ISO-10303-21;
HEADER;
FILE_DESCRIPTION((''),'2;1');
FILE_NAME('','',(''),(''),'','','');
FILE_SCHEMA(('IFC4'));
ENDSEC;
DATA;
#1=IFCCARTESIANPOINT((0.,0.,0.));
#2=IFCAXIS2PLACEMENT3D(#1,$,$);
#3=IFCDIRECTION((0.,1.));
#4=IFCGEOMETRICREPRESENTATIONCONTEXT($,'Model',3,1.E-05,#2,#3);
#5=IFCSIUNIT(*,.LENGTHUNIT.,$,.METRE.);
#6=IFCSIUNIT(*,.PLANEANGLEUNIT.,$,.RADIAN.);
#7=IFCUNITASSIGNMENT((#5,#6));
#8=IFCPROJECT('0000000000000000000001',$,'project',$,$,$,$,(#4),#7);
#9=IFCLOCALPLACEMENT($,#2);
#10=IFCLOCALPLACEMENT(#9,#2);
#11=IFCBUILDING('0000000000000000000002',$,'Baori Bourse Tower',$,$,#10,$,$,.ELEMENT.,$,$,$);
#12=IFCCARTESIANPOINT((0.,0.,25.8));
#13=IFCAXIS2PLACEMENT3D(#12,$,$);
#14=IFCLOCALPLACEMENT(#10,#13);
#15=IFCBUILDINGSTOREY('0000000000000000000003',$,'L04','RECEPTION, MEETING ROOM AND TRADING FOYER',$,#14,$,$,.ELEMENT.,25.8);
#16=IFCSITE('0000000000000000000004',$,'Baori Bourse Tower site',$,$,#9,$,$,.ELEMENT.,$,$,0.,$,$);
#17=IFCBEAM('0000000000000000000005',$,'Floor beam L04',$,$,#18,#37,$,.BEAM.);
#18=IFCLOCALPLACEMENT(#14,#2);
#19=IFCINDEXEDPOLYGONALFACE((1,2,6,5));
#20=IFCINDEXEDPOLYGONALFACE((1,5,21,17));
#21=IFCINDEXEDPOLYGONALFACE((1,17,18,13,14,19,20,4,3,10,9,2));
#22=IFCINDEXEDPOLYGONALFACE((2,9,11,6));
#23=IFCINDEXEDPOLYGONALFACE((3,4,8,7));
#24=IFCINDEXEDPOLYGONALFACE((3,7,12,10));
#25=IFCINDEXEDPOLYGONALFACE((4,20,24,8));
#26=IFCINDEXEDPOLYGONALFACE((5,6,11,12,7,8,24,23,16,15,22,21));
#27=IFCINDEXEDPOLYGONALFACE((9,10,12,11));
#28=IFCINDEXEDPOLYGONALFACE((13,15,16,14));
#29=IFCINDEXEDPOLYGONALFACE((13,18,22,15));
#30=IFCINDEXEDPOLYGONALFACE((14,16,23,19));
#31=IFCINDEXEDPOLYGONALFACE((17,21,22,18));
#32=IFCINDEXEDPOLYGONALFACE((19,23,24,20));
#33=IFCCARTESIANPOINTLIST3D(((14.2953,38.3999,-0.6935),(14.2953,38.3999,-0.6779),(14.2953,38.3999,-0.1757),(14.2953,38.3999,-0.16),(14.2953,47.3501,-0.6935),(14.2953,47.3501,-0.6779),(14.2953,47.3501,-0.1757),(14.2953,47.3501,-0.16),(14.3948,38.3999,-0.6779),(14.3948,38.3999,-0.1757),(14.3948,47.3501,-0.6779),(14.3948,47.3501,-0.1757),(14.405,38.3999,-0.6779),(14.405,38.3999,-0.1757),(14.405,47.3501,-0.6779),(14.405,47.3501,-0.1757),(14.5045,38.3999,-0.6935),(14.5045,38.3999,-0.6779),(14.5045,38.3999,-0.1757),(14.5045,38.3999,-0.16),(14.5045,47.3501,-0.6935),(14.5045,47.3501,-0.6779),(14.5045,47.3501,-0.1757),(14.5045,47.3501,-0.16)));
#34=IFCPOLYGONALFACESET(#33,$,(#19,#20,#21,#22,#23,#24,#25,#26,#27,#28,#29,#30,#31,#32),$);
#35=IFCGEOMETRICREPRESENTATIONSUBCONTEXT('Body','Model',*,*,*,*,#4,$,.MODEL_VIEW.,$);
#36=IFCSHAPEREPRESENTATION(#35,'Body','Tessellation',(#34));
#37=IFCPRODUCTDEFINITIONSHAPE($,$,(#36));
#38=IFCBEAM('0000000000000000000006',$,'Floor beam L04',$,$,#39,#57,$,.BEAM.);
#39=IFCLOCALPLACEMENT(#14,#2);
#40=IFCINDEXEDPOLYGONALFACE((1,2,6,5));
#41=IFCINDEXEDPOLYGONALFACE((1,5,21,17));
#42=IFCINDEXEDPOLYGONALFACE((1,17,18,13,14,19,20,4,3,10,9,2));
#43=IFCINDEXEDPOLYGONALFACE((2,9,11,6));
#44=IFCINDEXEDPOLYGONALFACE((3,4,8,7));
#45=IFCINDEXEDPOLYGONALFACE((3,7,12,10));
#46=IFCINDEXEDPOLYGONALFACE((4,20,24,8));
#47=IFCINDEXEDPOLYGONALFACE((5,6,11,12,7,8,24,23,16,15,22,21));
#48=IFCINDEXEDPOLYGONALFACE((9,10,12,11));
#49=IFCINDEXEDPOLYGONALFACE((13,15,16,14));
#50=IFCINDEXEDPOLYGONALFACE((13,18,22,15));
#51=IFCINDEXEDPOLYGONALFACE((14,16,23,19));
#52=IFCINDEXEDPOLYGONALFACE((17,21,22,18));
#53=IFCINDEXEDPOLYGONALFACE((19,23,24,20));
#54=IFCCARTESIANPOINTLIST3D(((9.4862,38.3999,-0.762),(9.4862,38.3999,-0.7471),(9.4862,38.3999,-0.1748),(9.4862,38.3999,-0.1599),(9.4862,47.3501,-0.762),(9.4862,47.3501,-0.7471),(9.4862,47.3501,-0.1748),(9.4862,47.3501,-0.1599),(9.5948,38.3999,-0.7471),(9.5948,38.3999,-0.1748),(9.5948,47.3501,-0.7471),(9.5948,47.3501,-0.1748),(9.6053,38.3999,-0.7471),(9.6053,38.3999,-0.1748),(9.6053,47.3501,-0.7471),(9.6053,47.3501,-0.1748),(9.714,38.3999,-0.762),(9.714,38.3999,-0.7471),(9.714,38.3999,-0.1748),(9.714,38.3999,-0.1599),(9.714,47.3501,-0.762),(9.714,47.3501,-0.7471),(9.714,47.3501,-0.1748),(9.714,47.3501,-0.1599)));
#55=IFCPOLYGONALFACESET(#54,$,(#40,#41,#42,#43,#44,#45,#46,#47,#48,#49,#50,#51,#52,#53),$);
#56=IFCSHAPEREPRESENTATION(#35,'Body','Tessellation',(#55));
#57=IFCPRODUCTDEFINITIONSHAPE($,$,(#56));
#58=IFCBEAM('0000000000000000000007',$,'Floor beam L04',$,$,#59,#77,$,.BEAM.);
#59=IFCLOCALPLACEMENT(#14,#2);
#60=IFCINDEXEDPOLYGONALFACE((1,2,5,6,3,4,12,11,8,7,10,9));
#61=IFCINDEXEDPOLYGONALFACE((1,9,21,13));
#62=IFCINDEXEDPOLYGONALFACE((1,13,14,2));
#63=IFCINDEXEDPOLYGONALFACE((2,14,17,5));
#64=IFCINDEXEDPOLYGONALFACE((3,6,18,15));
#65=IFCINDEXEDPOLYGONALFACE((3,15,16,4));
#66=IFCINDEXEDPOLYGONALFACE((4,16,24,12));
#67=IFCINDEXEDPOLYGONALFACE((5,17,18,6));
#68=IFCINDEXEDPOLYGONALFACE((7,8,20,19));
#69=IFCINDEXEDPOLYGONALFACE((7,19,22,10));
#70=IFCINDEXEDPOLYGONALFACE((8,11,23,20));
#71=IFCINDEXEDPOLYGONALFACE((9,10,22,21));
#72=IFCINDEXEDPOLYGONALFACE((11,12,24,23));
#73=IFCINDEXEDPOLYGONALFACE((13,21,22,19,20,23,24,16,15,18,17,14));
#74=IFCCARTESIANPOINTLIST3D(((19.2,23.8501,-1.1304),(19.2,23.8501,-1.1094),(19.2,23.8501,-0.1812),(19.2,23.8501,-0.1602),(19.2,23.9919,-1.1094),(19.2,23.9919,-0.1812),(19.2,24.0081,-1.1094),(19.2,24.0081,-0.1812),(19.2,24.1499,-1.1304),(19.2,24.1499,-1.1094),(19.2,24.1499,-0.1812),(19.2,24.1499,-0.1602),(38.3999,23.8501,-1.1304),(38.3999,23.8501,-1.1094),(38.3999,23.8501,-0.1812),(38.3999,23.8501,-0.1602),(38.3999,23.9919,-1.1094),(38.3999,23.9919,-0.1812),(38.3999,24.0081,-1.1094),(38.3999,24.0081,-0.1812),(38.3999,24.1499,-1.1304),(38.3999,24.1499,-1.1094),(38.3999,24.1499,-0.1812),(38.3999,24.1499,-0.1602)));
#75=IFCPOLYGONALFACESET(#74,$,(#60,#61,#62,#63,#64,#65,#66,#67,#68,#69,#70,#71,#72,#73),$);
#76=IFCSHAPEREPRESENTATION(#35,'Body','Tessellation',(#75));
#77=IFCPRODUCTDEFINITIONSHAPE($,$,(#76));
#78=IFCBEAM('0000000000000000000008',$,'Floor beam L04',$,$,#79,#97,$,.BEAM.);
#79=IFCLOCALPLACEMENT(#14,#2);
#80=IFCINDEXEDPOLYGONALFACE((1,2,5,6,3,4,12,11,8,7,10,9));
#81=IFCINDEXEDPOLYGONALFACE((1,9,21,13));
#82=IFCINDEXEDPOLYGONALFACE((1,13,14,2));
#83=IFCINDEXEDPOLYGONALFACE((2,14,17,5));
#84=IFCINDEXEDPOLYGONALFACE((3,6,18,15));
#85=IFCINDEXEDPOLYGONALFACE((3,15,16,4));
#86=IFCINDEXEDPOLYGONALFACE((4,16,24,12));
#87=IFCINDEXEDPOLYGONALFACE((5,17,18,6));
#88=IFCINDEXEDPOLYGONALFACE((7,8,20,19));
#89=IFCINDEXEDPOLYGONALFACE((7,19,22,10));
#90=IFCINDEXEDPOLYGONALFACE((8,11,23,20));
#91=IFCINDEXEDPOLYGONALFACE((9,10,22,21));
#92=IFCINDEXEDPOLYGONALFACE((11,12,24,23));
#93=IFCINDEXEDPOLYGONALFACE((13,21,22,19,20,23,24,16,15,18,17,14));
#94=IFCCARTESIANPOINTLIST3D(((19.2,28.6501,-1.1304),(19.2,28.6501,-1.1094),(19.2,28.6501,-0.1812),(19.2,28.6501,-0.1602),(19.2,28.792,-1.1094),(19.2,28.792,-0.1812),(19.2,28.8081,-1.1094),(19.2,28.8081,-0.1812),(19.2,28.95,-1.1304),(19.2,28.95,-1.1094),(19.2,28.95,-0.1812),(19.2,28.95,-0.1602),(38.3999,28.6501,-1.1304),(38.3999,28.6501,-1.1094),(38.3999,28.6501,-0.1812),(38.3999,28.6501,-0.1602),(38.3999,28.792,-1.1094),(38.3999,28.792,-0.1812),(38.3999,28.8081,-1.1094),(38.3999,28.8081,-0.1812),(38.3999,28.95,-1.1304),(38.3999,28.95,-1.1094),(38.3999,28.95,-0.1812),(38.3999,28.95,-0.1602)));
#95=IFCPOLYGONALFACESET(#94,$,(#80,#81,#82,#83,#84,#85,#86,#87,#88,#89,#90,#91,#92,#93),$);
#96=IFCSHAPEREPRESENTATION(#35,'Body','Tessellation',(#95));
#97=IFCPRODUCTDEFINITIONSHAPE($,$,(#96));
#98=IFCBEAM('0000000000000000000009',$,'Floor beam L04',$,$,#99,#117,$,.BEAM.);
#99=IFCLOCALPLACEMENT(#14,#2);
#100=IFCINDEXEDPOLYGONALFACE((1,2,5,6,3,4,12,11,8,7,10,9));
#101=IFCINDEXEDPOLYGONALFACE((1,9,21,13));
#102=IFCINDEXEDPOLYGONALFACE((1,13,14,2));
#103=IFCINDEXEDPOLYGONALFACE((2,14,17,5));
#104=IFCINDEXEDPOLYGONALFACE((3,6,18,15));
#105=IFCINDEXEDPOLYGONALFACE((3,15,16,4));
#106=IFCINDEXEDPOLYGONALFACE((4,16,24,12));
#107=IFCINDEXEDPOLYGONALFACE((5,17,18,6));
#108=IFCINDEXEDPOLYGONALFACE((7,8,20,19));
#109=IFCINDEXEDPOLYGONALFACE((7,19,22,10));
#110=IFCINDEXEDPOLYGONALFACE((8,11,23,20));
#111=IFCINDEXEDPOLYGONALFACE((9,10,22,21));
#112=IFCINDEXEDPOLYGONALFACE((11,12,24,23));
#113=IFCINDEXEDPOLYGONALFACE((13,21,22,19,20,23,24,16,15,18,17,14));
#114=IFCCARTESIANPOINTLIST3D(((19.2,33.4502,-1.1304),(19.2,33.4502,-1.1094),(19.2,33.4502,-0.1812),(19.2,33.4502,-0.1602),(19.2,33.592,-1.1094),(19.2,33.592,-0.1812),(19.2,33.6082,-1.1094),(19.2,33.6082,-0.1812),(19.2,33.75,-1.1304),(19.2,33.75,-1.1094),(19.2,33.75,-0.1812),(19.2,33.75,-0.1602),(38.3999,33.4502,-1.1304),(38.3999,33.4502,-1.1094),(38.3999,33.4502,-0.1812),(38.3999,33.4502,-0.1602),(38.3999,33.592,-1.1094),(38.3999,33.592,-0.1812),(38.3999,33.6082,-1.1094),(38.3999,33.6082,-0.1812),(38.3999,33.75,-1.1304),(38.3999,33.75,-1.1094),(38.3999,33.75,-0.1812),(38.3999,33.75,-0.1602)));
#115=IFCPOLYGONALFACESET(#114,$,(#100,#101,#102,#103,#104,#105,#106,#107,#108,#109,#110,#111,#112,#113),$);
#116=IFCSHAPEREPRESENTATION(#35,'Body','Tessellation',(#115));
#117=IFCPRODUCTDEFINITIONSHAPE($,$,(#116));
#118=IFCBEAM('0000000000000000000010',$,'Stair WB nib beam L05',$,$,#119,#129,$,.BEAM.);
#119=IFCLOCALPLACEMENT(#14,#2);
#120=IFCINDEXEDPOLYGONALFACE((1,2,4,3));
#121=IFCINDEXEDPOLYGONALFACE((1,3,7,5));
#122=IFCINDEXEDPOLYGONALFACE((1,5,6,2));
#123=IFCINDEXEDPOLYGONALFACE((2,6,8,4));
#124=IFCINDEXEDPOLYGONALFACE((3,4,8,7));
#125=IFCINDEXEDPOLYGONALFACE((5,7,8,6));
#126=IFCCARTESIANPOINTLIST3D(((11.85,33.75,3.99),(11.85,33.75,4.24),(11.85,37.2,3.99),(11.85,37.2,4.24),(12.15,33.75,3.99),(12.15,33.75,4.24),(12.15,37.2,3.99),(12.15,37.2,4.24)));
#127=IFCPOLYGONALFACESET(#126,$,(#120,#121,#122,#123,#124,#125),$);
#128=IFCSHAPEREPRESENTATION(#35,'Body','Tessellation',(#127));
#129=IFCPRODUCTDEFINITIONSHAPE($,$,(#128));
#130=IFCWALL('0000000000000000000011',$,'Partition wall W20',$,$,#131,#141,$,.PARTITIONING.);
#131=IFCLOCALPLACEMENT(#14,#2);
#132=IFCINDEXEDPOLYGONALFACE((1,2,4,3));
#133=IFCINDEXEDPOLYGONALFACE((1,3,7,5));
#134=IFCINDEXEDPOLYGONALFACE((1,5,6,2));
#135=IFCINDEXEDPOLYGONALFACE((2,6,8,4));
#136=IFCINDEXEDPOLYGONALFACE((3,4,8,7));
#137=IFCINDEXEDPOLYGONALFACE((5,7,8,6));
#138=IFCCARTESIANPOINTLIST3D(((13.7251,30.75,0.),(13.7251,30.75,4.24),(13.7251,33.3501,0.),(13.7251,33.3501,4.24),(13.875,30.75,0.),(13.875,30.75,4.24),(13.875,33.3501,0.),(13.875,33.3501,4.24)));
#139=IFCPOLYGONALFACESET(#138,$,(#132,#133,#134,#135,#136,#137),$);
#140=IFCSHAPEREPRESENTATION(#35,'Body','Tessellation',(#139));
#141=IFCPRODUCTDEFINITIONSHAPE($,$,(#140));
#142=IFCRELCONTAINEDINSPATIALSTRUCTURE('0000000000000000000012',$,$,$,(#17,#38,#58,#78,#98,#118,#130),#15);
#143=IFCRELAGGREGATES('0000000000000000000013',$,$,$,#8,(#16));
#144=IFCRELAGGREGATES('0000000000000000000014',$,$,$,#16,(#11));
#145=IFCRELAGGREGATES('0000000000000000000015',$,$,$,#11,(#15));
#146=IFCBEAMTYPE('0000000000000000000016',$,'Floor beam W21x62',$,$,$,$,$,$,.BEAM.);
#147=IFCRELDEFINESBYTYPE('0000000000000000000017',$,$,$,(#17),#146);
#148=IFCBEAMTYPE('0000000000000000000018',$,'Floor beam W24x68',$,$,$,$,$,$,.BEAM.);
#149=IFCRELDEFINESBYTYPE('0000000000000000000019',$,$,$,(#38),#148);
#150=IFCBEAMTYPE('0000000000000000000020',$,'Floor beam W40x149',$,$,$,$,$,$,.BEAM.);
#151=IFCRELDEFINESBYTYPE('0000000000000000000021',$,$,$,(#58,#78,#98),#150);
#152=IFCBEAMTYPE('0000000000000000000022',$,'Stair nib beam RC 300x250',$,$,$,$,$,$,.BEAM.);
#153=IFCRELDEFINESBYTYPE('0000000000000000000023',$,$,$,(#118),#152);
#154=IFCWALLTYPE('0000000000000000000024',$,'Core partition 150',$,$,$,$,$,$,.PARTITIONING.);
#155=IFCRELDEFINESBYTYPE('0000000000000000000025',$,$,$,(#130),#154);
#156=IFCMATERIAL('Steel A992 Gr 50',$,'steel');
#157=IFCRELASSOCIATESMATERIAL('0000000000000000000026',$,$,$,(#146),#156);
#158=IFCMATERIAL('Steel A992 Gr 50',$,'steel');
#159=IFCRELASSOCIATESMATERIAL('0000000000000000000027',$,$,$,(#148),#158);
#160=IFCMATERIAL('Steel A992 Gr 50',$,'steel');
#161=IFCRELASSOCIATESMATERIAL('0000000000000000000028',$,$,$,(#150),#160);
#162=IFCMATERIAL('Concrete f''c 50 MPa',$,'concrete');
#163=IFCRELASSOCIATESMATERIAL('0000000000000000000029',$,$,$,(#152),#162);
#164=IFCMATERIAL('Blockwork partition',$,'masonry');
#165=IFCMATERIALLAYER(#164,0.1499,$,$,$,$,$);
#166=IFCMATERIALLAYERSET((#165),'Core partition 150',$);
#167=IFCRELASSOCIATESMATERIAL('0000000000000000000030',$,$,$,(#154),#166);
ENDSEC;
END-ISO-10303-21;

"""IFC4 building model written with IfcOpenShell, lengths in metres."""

from ifc_helpers import new_model, si_unit, direction, frame, frame_2d, origin, origin_2d, place, context, subcontext, project, spatial, rectangle, i_section, extrude, material, layer, layer_set, material_profile, profile_set, type_object, element, save


model = new_model("IFC4")

# Units and contexts
model_context = context("Model", 3, precision=1e-05, world=origin(), true_north=direction((0.0, 1.0)))
body_context = subcontext(model_context, "Body", "Model", "MODEL_VIEW")
ifc_project = project(units=[si_unit("LENGTHUNIT", "METRE"), si_unit("PLANEANGLEUNIT", "RADIAN")], contexts=[model_context])

# Site, building, storey
site_placement = place(None, origin())
site = spatial("IfcSite", under=ifc_project, at=site_placement, Name="Baori Bourse Tower site", CompositionType="ELEMENT", RefElevation=0.0)
building_placement = place(site_placement, origin())
building = spatial("IfcBuilding", under=site, at=building_placement, Name="Baori Bourse Tower", CompositionType="ELEMENT")
storey_placement = place(building_placement, frame((0.0, 0.0, 25.8)))
storey = spatial("IfcBuildingStorey", under=building, at=storey_placement, Name="L04", Description="RECEPTION, MEETING ROOM AND TRADING FOYER", CompositionType="ELEMENT", Elevation=25.8)

# Beams
ifc_material_1 = material(Name="Steel A992 Gr 50", Category="steel")
ifc_material_profile_1 = material_profile(ifc_material_1, i_section(OverallWidth=0.2092, OverallDepth=0.5334, WebThickness=0.0103, FlangeThickness=0.0156, at=origin_2d()), Name="W21x62")
ifc_profile_set_1 = profile_set([ifc_material_profile_1], Name="Steel A992 Gr 50")
beam_type_1 = type_object("IfcBeamType", Name="Floor beam W21x62", PredefinedType="BEAM", material=ifc_profile_set_1)
beam_1_placement = place(storey_placement, frame((14.3999, 38.3999, -0.4268), z_axis=(0.0, 1.0, 0.0), x_axis=(-1.0, 0.0, 0.0)))
element("IfcBeam", 1, at=beam_1_placement, inside=storey, type_object=beam_type_1, Name="Floor beam L04", PredefinedType="BEAM", context=body_context, shape_type="SweptSolid", body=[
    extrude(i_section(OverallWidth=0.2092, OverallDepth=0.5334, WebThickness=0.0103, FlangeThickness=0.0156, at=origin_2d()), origin(), (0.0, 0.0, 1.0), 8.9502),
])
ifc_material_2 = material(Name="Steel A992 Gr 50", Category="steel")
ifc_material_profile_2 = material_profile(ifc_material_2, i_section(OverallWidth=0.2278, OverallDepth=0.6021, WebThickness=0.0105, FlangeThickness=0.0149, at=origin_2d()), Name="W24x68")
ifc_profile_set_2 = profile_set([ifc_material_profile_2], Name="Steel A992 Gr 50")
beam_type_2 = type_object("IfcBeamType", Name="Floor beam W24x68", PredefinedType="BEAM", material=ifc_profile_set_2)
beam_2_placement = place(storey_placement, frame((9.6001, 38.3999, -0.4609), z_axis=(0.0, 1.0, 0.0), x_axis=(-1.0, 0.0, 0.0)))
element("IfcBeam", 2, at=beam_2_placement, inside=storey, type_object=beam_type_2, Name="Floor beam L04", PredefinedType="BEAM", context=body_context, shape_type="SweptSolid", body=[
    extrude(i_section(OverallWidth=0.2278, OverallDepth=0.6021, WebThickness=0.0105, FlangeThickness=0.0149, at=origin_2d()), origin(), (0.0, 0.0, 1.0), 8.9502),
])
ifc_material_3 = material(Name="Steel A992 Gr 50", Category="steel")
ifc_material_profile_3 = material_profile(ifc_material_3, i_section(OverallWidth=0.2998, OverallDepth=0.9702, WebThickness=0.0161, FlangeThickness=0.021, at=origin_2d()), Name="W40x149")
ifc_profile_set_3 = profile_set([ifc_material_profile_3], Name="Steel A992 Gr 50")
beam_type_3 = type_object("IfcBeamType", Name="Floor beam W40x149", PredefinedType="BEAM", material=ifc_profile_set_3)
for number, where, z_axis, x_axis, name in (
    (3, (19.2, 24.0, -0.6453), (1.0, 0.0, 0.0), (0.0, 1.0, 0.0), "Floor beam L04"),
    (4, (19.2, 28.8, -0.6453), (1.0, 0.0, 0.0), (0.0, 1.0, 0.0), "Floor beam L04"),
    (5, (19.2, 33.6001, -0.6453), (1.0, 0.0, 0.0), (0.0, 1.0, 0.0), "Floor beam L04"),
):
    element("IfcBeam", number, at=place(storey_placement, frame(where, z_axis=z_axis, x_axis=x_axis)), inside=storey, type_object=beam_type_3, Name=name, PredefinedType="BEAM", context=body_context, shape_type="SweptSolid", body=[
        extrude(i_section(OverallWidth=0.2998, OverallDepth=0.9702, WebThickness=0.0161, FlangeThickness=0.021, at=origin_2d()), origin(), (0.0, 0.0, 1.0), 19.2),
    ])
ifc_material_4 = material(Name="Concrete f'c 50 MPa", Category="concrete")
ifc_material_profile_4 = material_profile(ifc_material_4, rectangle(XDim=0.3, YDim=0.25, at=origin_2d()), Name="RC 300x250")
ifc_profile_set_4 = profile_set([ifc_material_profile_4], Name="Concrete f'c 50 MPa")
beam_type_4 = type_object("IfcBeamType", Name="Stair nib beam RC 300x250", PredefinedType="BEAM", material=ifc_profile_set_4)
beam_3_placement = place(storey_placement, frame((12.0, 33.75, 4.115), z_axis=(0.0, 1.0, 0.0), x_axis=(-1.0, 0.0, 0.0)))
element("IfcBeam", 6, at=beam_3_placement, inside=storey, type_object=beam_type_4, Name="Stair WB nib beam L05", PredefinedType="BEAM", context=body_context, shape_type="SweptSolid", body=[
    extrude(rectangle(XDim=0.3, YDim=0.25, at=origin_2d()), origin(), (0.0, 0.0, 1.0), 3.45),
])

# Wall
ifc_material_5 = material(Name="Blockwork partition", Category="masonry")
ifc_layer_1 = layer(ifc_material_5, 0.1499)
ifc_layer_set_1 = layer_set([ifc_layer_1], Name="Core partition 150")
wall_type_1 = type_object("IfcWallType", Name="Core partition 150", PredefinedType="PARTITIONING", material=ifc_layer_set_1)
wall_1_placement = place(storey_placement, frame((13.8, 30.75, 0.0), z_axis=(0.0, 0.0, 1.0), x_axis=(0.0, 1.0, 0.0)))
element("IfcWall", 7, at=wall_1_placement, inside=storey, type_object=wall_type_1, Name="Partition wall W20", PredefinedType="PARTITIONING", context=body_context, shape_type="SweptSolid", body=[
    extrude(rectangle(XDim=2.6001, YDim=0.1499, at=frame_2d((1.3, 0.0))), origin(), (0.0, 0.0, 1.0), 4.24),
])

save(model, "model.ifc")
